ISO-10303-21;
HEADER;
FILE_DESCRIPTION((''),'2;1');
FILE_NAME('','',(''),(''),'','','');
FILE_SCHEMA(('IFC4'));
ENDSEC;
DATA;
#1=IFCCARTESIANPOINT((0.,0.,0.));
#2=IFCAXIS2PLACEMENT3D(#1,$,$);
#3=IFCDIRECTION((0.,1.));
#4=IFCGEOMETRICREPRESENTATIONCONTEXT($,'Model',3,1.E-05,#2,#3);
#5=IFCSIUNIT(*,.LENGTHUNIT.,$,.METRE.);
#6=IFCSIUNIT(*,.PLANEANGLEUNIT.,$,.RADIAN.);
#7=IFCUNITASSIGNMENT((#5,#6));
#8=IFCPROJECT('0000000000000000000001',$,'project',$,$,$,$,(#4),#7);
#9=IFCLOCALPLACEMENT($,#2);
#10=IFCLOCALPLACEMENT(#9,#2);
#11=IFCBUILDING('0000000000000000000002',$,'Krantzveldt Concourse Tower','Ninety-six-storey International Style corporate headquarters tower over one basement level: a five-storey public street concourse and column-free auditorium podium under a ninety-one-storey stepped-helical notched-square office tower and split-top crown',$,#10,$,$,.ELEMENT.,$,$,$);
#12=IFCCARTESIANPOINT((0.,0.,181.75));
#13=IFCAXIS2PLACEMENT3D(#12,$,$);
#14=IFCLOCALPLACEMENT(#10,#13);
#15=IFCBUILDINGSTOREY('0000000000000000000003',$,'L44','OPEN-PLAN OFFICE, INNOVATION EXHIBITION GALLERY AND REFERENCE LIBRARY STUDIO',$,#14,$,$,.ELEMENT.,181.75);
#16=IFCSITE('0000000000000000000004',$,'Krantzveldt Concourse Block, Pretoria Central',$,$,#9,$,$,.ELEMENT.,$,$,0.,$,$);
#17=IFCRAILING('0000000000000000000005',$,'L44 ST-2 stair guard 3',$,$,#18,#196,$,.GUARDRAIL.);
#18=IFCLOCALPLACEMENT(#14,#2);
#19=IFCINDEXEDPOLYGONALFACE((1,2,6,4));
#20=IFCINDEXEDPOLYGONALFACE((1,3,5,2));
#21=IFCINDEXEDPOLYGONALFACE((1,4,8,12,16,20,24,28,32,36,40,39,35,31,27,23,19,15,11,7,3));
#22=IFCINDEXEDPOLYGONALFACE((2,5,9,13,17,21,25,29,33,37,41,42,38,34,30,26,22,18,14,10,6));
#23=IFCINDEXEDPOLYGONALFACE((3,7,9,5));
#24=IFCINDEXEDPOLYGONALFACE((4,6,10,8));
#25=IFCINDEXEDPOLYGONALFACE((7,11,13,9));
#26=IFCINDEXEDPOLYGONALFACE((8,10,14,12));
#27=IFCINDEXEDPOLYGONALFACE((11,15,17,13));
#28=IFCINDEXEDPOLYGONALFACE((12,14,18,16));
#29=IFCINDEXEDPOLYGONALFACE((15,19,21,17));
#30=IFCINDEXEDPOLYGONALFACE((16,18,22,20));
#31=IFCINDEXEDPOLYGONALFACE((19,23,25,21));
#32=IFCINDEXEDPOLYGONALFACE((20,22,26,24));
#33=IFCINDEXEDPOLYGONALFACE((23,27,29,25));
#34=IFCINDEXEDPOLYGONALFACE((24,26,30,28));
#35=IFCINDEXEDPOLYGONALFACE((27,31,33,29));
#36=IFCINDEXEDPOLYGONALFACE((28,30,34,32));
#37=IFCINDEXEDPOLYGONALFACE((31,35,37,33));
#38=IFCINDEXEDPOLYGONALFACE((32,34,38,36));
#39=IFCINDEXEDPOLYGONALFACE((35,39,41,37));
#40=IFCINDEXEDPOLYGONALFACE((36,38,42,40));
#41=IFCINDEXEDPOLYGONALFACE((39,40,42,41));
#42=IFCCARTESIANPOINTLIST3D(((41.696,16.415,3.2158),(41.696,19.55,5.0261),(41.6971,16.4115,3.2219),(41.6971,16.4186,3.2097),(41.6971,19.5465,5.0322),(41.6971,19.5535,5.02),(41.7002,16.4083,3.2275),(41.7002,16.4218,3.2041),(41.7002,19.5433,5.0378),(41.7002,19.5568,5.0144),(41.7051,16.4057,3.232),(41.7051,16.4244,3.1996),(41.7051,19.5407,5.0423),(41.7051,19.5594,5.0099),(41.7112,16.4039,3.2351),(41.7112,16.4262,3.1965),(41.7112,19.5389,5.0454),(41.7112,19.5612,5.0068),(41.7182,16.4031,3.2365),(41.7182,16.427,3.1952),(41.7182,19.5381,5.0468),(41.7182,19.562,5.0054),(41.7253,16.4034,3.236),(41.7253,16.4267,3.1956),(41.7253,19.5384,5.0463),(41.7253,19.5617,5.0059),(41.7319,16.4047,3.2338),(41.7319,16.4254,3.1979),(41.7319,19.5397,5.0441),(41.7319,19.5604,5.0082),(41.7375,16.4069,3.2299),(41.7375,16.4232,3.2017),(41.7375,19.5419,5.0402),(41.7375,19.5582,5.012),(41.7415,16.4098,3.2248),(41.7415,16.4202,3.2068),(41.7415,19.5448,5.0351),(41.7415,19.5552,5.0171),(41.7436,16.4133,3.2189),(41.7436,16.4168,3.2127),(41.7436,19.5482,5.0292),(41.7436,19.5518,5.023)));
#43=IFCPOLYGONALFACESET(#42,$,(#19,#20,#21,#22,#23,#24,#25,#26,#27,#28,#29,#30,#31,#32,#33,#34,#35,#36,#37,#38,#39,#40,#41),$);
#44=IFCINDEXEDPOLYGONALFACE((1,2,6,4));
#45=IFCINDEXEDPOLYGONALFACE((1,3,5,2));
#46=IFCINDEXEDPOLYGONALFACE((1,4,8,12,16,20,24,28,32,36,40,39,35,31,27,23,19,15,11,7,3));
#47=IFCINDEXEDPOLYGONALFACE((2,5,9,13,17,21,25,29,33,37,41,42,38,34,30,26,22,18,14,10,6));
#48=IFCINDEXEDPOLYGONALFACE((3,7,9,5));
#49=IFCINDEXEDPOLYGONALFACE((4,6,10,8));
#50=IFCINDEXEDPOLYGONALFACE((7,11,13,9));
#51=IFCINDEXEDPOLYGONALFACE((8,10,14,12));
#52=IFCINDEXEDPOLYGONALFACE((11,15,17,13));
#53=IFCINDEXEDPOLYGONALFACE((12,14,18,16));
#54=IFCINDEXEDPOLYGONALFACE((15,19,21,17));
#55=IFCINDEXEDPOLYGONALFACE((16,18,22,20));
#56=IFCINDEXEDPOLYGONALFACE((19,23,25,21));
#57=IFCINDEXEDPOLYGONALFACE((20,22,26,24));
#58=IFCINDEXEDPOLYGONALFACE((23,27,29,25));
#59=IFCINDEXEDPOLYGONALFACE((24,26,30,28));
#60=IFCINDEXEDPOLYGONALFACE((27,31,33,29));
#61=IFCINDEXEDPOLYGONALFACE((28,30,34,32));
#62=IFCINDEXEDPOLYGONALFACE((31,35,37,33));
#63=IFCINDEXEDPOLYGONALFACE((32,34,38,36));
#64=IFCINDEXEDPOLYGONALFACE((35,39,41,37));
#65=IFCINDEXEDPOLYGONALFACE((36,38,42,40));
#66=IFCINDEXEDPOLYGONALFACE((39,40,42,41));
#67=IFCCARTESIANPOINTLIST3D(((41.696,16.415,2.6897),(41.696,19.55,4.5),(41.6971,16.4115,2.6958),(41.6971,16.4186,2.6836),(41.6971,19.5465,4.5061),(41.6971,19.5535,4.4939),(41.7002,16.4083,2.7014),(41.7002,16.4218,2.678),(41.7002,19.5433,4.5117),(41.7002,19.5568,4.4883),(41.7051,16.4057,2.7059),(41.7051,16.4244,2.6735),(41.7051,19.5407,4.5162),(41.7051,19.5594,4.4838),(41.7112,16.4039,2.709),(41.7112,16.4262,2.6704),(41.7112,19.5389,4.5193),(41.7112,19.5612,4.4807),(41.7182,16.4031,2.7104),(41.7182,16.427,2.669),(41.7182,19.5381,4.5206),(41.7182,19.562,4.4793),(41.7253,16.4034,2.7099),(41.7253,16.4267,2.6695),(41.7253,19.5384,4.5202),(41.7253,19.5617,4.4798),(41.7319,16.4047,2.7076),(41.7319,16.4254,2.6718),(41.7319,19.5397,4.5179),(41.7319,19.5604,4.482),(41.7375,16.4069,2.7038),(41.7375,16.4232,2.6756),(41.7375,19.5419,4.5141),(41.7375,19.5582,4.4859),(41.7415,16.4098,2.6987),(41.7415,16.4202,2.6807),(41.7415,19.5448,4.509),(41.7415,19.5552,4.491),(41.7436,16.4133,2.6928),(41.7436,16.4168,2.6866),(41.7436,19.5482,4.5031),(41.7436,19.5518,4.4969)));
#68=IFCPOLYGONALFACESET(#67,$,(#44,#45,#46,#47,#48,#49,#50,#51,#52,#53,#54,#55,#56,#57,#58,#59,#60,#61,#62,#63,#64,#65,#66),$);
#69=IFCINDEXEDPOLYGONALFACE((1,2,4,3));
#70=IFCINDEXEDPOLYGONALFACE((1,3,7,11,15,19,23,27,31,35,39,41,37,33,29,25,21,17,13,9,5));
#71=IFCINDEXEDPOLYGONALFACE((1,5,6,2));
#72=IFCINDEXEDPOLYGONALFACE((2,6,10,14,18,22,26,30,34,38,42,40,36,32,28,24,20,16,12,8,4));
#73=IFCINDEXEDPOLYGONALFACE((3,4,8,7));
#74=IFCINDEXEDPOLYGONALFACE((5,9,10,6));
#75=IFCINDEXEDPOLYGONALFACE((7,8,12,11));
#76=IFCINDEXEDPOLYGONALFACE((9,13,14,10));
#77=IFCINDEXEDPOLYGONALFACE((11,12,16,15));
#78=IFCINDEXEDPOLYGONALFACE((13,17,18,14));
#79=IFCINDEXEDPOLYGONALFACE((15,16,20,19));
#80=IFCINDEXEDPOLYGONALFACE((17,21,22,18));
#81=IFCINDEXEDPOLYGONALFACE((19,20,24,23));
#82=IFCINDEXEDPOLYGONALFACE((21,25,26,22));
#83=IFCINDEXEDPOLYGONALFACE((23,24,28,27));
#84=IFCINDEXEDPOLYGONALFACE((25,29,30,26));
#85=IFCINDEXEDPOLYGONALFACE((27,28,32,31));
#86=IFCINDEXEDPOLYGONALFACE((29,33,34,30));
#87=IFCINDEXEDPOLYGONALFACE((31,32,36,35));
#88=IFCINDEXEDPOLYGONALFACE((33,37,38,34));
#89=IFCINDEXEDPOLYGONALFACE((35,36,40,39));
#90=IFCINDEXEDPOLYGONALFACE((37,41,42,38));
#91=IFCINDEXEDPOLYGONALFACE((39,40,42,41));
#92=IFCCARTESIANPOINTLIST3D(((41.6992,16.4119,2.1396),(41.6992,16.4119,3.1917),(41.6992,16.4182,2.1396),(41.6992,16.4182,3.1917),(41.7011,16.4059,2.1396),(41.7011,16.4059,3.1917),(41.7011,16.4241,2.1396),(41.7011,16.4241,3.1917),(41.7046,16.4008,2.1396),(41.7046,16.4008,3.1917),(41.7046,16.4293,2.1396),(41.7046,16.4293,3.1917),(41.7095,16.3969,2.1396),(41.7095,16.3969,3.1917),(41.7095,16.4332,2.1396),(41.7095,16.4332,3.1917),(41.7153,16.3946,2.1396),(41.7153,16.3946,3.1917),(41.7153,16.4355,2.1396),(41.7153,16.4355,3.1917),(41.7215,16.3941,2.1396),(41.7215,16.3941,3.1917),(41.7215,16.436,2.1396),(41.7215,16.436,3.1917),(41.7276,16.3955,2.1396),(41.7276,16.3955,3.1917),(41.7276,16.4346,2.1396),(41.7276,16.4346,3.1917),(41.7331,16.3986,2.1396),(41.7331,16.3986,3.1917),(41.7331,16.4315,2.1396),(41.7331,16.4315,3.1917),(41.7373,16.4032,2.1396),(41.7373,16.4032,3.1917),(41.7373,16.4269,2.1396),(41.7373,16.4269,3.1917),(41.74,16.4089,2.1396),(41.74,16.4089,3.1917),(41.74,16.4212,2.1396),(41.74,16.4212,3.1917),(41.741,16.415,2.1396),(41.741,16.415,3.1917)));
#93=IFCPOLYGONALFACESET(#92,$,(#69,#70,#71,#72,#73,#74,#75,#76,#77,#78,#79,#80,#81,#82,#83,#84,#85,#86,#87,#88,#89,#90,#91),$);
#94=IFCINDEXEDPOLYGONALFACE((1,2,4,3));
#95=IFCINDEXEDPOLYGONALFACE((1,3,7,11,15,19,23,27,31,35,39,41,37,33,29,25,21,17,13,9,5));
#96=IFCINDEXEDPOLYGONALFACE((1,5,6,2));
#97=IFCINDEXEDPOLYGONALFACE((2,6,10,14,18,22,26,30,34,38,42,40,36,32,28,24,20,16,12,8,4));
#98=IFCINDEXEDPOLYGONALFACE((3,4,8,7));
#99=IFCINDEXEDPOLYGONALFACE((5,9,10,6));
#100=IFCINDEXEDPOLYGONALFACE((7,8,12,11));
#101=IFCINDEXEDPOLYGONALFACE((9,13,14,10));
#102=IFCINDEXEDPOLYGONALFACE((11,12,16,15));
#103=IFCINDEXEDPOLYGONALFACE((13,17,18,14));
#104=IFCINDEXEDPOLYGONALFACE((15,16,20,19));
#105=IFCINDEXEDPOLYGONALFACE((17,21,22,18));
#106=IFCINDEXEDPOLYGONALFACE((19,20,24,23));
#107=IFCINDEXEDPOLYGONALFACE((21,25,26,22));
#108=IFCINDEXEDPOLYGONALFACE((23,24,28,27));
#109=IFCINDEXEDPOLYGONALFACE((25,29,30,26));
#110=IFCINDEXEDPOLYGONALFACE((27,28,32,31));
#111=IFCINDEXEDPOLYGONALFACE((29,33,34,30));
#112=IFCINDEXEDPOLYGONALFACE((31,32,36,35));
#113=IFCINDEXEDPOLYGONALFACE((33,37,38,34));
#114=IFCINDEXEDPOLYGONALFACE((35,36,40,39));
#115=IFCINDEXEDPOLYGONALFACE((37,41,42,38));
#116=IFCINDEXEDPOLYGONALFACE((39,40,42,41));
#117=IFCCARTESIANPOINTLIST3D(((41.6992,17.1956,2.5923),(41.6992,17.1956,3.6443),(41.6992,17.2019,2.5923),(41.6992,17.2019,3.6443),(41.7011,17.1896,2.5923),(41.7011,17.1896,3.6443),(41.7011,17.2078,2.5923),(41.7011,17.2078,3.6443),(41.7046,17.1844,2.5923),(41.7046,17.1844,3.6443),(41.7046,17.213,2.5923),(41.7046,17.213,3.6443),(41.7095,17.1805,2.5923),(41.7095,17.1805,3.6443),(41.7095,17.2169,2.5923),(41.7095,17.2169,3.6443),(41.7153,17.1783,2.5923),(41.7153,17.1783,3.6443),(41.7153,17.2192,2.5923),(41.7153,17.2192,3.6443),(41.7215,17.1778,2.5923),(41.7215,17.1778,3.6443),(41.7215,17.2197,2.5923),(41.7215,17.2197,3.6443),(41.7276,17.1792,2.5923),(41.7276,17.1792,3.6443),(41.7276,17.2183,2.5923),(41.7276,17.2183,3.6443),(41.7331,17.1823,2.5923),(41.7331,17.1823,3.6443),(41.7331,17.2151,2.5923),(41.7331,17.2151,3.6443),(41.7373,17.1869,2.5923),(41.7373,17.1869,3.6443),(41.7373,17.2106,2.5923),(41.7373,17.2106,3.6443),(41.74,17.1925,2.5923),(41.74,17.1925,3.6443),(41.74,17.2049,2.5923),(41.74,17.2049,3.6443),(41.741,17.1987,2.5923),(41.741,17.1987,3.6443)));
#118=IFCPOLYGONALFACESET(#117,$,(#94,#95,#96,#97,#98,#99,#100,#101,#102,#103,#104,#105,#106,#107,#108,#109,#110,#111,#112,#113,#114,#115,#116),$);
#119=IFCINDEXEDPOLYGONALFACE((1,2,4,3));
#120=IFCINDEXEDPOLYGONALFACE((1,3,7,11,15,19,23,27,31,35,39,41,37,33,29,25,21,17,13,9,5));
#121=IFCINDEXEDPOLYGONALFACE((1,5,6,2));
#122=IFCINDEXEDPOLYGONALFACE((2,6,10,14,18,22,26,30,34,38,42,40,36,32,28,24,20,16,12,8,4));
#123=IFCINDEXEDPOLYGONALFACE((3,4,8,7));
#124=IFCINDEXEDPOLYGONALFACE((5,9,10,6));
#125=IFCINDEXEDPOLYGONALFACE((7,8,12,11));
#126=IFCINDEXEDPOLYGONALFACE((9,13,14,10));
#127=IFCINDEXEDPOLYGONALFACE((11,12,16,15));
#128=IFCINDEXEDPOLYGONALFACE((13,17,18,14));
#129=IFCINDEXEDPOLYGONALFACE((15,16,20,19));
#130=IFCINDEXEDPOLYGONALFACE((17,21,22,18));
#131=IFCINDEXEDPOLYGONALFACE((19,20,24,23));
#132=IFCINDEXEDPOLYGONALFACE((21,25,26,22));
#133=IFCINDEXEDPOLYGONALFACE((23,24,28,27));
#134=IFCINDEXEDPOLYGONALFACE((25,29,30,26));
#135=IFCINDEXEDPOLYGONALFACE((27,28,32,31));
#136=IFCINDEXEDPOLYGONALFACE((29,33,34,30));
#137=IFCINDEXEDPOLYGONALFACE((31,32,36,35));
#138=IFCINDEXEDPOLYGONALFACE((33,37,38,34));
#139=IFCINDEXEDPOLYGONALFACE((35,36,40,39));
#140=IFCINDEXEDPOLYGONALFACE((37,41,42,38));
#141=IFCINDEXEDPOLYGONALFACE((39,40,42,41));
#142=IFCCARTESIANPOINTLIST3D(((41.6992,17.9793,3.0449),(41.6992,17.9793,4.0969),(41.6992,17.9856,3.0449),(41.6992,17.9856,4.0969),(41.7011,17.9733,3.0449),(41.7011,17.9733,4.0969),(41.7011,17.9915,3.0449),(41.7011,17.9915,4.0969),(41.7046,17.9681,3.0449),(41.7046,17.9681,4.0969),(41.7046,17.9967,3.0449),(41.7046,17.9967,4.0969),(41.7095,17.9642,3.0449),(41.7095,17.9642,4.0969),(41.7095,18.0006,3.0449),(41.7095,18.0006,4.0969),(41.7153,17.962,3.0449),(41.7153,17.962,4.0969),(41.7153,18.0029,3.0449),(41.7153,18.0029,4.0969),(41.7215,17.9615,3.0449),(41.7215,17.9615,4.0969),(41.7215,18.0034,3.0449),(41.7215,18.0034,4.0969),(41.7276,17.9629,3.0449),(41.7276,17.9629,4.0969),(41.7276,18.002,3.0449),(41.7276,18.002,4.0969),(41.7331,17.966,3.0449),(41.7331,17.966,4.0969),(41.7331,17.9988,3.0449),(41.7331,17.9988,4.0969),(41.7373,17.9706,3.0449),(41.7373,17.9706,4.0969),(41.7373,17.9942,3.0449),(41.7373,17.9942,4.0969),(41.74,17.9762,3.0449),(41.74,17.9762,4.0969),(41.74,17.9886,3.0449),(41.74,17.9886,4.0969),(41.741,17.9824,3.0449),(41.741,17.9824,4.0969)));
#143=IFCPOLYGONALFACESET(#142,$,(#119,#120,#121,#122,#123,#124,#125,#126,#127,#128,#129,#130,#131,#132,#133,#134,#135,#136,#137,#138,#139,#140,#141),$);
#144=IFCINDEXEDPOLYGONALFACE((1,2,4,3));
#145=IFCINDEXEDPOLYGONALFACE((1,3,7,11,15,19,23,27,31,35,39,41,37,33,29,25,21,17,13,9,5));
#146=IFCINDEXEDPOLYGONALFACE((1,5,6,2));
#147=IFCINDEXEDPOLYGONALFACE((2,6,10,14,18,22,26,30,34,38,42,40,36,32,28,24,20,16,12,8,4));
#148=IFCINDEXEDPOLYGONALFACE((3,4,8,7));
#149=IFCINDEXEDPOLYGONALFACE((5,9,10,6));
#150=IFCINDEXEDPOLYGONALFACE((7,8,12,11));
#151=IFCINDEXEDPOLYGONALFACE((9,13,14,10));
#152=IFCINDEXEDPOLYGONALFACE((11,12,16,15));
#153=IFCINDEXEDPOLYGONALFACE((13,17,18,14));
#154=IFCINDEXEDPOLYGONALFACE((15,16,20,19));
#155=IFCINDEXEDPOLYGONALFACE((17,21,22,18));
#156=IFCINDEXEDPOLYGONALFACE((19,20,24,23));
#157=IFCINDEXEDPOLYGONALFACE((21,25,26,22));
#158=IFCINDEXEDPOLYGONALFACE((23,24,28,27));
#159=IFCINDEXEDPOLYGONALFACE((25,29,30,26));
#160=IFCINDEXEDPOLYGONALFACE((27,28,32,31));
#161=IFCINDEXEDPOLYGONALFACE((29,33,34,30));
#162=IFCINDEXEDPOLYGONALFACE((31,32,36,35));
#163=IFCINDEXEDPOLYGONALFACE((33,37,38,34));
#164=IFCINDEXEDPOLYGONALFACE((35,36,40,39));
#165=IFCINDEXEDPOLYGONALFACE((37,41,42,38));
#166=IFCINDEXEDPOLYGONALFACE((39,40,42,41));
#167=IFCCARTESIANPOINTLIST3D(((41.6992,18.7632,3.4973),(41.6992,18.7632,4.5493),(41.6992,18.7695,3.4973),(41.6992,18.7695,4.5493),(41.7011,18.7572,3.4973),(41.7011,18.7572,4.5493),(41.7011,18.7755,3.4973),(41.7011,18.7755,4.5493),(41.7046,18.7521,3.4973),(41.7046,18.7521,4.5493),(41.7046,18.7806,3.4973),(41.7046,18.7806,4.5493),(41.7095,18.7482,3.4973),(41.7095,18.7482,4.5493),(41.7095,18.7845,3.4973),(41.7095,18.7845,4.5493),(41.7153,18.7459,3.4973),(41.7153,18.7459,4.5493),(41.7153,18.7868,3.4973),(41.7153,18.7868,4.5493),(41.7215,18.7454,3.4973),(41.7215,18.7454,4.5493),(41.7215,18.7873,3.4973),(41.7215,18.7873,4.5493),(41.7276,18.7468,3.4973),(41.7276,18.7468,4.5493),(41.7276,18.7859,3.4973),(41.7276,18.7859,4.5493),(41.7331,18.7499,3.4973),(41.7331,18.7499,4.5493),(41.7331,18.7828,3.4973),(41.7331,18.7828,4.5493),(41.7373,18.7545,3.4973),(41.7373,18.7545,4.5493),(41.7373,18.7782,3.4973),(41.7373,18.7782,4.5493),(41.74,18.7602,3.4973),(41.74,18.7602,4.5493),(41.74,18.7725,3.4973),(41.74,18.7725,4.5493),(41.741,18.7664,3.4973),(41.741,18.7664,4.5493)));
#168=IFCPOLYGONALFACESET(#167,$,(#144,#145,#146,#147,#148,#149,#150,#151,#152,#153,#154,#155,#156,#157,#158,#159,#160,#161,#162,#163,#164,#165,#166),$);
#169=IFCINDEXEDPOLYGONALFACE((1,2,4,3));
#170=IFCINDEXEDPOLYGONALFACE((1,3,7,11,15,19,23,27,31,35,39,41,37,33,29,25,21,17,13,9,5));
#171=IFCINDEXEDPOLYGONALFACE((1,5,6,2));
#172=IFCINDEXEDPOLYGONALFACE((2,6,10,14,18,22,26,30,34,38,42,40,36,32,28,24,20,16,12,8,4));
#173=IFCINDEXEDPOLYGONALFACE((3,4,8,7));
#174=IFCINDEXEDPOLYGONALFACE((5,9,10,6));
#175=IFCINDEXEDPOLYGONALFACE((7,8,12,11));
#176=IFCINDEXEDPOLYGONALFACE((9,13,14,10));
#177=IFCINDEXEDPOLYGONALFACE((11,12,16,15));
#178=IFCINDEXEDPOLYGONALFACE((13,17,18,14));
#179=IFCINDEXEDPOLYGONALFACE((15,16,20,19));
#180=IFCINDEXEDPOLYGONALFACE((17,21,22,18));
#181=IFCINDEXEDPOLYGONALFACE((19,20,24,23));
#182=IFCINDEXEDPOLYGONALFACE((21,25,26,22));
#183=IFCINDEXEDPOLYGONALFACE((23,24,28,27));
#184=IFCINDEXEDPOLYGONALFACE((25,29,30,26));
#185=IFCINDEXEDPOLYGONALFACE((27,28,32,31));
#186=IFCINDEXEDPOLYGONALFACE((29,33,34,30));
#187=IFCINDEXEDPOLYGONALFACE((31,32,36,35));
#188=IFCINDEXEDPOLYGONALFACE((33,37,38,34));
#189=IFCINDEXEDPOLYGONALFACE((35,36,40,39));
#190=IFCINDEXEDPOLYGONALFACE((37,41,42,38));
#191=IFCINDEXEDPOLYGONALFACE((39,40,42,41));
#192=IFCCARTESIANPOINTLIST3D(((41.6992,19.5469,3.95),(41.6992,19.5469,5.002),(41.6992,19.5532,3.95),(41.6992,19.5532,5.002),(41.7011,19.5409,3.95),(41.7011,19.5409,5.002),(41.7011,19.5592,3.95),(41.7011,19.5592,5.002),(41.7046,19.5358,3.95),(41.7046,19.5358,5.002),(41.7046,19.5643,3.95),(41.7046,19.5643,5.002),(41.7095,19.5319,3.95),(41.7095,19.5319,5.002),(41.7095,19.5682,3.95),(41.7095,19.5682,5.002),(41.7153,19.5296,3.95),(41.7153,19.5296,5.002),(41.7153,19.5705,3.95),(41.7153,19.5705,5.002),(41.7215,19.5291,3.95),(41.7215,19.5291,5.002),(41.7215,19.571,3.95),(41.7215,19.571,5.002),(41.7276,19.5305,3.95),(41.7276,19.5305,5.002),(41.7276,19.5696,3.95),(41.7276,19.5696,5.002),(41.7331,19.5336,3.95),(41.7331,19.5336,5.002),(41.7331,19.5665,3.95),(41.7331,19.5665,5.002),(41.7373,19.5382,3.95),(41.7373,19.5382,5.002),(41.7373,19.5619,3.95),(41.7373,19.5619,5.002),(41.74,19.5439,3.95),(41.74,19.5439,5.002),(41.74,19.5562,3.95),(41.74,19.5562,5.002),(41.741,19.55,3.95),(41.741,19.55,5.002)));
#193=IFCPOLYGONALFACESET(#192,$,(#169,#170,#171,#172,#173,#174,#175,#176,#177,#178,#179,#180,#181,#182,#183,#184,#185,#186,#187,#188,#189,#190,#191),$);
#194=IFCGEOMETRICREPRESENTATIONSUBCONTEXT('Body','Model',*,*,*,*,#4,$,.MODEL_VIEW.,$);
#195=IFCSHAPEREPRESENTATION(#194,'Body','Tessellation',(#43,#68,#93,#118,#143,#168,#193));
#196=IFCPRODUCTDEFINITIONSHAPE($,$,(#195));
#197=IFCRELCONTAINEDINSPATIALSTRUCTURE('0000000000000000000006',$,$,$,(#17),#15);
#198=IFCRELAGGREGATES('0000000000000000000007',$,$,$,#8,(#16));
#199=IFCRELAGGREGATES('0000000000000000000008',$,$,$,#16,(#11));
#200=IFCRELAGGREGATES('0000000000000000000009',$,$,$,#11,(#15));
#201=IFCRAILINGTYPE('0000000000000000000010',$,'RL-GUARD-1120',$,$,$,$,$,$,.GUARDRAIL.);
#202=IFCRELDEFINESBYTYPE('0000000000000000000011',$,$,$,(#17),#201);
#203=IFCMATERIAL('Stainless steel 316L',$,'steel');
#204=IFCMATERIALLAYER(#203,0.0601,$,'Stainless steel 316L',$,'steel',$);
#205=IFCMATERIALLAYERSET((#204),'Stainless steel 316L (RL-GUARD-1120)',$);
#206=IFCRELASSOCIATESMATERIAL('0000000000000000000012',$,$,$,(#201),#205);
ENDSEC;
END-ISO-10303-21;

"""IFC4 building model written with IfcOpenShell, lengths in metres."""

from ifc_helpers import new_model, si_unit, direction, frame, origin, origin_2d, place, context, subcontext, project, spatial, circle, extrude, material, layer, layer_set, type_object, element, save


model = new_model("IFC4")

# Units and contexts
model_context = context("Model", 3, precision=1e-05, world=origin(), true_north=direction((0.0, 1.0)))
body_context = subcontext(model_context, "Body", "Model", "MODEL_VIEW")
ifc_project = project(units=[si_unit("LENGTHUNIT", "METRE"), si_unit("PLANEANGLEUNIT", "RADIAN")], contexts=[model_context])

# Site, building, storey
site_placement = place(None, origin())
site = spatial("IfcSite", under=ifc_project, at=site_placement, Name="Krantzveldt Concourse Block, Pretoria Central", CompositionType="ELEMENT", RefElevation=0.0)
building_placement = place(site_placement, origin())
building = spatial("IfcBuilding", under=site, at=building_placement, Name="Krantzveldt Concourse Tower", Description="Ninety-six-storey International Style corporate headquarters tower over one basement level: a five-storey public street concourse and column-free auditorium podium under a ninety-one-storey stepped-helical notched-square office tower and split-top crown", CompositionType="ELEMENT")
storey_placement = place(building_placement, frame((0.0, 0.0, 181.75)))
storey = spatial("IfcBuildingStorey", under=building, at=storey_placement, Name="L44", Description="OPEN-PLAN OFFICE, INNOVATION EXHIBITION GALLERY AND REFERENCE LIBRARY STUDIO", CompositionType="ELEMENT", Elevation=181.75)

# Shared definitions
ifc_material_1 = material(Name="Stainless steel 316L", Category="steel")

# Railing
ifc_layer_1 = layer(ifc_material_1, 0.0601, Name="Stainless steel 316L", Category="steel")
ifc_layer_set_1 = layer_set([ifc_layer_1], Name="Stainless steel 316L (RL-GUARD-1120)")
railing_type_1 = type_object("IfcRailingType", Name="RL-GUARD-1120", PredefinedType="GUARDRAIL", material=ifc_layer_set_1)
railing_1_placement = place(storey_placement, frame((41.72, 16.415, 2.1396)))
element("IfcRailing", 1, at=railing_1_placement, inside=storey, type_object=railing_type_1, Name="L44 ST-2 stair guard 3", PredefinedType="GUARDRAIL", context=body_context, shape_type="SweptSolid", body=[
    extrude(circle(Radius=0.0239, at=origin_2d()), frame((0.0, 0.0, 1.0762), z_axis=(0.0, 0.865989, 0.500063), x_axis=(-1.0, 0.0, 0.0)), (0.0, 0.0, 1.0), 3.6201),
    extrude(circle(Radius=0.0239, at=origin_2d()), frame((0.0, 0.0, 0.55), z_axis=(0.0, 0.865989, 0.500063), x_axis=(-1.0, 0.0, 0.0)), (0.0, 0.0, 1.0), 3.6201),
    extrude(circle(Radius=0.021, at=origin_2d()), origin(), (0.0, 0.0, 1.0), 1.052),
    extrude(circle(Radius=0.021, at=origin_2d()), frame((0.0, 0.7837, 0.4526)), (0.0, 0.0, 1.0), 1.052),
    extrude(circle(Radius=0.021, at=origin_2d()), frame((0.0, 1.5674, 0.9053)), (0.0, 0.0, 1.0), 1.052),
    extrude(circle(Radius=0.021, at=origin_2d()), frame((0.0, 2.3513, 1.3577)), (0.0, 0.0, 1.0), 1.052),
    extrude(circle(Radius=0.021, at=origin_2d()), frame((0.0, 3.135, 1.8103)), (0.0, 0.0, 1.0), 1.052),
])

save(model, "model.ifc")
